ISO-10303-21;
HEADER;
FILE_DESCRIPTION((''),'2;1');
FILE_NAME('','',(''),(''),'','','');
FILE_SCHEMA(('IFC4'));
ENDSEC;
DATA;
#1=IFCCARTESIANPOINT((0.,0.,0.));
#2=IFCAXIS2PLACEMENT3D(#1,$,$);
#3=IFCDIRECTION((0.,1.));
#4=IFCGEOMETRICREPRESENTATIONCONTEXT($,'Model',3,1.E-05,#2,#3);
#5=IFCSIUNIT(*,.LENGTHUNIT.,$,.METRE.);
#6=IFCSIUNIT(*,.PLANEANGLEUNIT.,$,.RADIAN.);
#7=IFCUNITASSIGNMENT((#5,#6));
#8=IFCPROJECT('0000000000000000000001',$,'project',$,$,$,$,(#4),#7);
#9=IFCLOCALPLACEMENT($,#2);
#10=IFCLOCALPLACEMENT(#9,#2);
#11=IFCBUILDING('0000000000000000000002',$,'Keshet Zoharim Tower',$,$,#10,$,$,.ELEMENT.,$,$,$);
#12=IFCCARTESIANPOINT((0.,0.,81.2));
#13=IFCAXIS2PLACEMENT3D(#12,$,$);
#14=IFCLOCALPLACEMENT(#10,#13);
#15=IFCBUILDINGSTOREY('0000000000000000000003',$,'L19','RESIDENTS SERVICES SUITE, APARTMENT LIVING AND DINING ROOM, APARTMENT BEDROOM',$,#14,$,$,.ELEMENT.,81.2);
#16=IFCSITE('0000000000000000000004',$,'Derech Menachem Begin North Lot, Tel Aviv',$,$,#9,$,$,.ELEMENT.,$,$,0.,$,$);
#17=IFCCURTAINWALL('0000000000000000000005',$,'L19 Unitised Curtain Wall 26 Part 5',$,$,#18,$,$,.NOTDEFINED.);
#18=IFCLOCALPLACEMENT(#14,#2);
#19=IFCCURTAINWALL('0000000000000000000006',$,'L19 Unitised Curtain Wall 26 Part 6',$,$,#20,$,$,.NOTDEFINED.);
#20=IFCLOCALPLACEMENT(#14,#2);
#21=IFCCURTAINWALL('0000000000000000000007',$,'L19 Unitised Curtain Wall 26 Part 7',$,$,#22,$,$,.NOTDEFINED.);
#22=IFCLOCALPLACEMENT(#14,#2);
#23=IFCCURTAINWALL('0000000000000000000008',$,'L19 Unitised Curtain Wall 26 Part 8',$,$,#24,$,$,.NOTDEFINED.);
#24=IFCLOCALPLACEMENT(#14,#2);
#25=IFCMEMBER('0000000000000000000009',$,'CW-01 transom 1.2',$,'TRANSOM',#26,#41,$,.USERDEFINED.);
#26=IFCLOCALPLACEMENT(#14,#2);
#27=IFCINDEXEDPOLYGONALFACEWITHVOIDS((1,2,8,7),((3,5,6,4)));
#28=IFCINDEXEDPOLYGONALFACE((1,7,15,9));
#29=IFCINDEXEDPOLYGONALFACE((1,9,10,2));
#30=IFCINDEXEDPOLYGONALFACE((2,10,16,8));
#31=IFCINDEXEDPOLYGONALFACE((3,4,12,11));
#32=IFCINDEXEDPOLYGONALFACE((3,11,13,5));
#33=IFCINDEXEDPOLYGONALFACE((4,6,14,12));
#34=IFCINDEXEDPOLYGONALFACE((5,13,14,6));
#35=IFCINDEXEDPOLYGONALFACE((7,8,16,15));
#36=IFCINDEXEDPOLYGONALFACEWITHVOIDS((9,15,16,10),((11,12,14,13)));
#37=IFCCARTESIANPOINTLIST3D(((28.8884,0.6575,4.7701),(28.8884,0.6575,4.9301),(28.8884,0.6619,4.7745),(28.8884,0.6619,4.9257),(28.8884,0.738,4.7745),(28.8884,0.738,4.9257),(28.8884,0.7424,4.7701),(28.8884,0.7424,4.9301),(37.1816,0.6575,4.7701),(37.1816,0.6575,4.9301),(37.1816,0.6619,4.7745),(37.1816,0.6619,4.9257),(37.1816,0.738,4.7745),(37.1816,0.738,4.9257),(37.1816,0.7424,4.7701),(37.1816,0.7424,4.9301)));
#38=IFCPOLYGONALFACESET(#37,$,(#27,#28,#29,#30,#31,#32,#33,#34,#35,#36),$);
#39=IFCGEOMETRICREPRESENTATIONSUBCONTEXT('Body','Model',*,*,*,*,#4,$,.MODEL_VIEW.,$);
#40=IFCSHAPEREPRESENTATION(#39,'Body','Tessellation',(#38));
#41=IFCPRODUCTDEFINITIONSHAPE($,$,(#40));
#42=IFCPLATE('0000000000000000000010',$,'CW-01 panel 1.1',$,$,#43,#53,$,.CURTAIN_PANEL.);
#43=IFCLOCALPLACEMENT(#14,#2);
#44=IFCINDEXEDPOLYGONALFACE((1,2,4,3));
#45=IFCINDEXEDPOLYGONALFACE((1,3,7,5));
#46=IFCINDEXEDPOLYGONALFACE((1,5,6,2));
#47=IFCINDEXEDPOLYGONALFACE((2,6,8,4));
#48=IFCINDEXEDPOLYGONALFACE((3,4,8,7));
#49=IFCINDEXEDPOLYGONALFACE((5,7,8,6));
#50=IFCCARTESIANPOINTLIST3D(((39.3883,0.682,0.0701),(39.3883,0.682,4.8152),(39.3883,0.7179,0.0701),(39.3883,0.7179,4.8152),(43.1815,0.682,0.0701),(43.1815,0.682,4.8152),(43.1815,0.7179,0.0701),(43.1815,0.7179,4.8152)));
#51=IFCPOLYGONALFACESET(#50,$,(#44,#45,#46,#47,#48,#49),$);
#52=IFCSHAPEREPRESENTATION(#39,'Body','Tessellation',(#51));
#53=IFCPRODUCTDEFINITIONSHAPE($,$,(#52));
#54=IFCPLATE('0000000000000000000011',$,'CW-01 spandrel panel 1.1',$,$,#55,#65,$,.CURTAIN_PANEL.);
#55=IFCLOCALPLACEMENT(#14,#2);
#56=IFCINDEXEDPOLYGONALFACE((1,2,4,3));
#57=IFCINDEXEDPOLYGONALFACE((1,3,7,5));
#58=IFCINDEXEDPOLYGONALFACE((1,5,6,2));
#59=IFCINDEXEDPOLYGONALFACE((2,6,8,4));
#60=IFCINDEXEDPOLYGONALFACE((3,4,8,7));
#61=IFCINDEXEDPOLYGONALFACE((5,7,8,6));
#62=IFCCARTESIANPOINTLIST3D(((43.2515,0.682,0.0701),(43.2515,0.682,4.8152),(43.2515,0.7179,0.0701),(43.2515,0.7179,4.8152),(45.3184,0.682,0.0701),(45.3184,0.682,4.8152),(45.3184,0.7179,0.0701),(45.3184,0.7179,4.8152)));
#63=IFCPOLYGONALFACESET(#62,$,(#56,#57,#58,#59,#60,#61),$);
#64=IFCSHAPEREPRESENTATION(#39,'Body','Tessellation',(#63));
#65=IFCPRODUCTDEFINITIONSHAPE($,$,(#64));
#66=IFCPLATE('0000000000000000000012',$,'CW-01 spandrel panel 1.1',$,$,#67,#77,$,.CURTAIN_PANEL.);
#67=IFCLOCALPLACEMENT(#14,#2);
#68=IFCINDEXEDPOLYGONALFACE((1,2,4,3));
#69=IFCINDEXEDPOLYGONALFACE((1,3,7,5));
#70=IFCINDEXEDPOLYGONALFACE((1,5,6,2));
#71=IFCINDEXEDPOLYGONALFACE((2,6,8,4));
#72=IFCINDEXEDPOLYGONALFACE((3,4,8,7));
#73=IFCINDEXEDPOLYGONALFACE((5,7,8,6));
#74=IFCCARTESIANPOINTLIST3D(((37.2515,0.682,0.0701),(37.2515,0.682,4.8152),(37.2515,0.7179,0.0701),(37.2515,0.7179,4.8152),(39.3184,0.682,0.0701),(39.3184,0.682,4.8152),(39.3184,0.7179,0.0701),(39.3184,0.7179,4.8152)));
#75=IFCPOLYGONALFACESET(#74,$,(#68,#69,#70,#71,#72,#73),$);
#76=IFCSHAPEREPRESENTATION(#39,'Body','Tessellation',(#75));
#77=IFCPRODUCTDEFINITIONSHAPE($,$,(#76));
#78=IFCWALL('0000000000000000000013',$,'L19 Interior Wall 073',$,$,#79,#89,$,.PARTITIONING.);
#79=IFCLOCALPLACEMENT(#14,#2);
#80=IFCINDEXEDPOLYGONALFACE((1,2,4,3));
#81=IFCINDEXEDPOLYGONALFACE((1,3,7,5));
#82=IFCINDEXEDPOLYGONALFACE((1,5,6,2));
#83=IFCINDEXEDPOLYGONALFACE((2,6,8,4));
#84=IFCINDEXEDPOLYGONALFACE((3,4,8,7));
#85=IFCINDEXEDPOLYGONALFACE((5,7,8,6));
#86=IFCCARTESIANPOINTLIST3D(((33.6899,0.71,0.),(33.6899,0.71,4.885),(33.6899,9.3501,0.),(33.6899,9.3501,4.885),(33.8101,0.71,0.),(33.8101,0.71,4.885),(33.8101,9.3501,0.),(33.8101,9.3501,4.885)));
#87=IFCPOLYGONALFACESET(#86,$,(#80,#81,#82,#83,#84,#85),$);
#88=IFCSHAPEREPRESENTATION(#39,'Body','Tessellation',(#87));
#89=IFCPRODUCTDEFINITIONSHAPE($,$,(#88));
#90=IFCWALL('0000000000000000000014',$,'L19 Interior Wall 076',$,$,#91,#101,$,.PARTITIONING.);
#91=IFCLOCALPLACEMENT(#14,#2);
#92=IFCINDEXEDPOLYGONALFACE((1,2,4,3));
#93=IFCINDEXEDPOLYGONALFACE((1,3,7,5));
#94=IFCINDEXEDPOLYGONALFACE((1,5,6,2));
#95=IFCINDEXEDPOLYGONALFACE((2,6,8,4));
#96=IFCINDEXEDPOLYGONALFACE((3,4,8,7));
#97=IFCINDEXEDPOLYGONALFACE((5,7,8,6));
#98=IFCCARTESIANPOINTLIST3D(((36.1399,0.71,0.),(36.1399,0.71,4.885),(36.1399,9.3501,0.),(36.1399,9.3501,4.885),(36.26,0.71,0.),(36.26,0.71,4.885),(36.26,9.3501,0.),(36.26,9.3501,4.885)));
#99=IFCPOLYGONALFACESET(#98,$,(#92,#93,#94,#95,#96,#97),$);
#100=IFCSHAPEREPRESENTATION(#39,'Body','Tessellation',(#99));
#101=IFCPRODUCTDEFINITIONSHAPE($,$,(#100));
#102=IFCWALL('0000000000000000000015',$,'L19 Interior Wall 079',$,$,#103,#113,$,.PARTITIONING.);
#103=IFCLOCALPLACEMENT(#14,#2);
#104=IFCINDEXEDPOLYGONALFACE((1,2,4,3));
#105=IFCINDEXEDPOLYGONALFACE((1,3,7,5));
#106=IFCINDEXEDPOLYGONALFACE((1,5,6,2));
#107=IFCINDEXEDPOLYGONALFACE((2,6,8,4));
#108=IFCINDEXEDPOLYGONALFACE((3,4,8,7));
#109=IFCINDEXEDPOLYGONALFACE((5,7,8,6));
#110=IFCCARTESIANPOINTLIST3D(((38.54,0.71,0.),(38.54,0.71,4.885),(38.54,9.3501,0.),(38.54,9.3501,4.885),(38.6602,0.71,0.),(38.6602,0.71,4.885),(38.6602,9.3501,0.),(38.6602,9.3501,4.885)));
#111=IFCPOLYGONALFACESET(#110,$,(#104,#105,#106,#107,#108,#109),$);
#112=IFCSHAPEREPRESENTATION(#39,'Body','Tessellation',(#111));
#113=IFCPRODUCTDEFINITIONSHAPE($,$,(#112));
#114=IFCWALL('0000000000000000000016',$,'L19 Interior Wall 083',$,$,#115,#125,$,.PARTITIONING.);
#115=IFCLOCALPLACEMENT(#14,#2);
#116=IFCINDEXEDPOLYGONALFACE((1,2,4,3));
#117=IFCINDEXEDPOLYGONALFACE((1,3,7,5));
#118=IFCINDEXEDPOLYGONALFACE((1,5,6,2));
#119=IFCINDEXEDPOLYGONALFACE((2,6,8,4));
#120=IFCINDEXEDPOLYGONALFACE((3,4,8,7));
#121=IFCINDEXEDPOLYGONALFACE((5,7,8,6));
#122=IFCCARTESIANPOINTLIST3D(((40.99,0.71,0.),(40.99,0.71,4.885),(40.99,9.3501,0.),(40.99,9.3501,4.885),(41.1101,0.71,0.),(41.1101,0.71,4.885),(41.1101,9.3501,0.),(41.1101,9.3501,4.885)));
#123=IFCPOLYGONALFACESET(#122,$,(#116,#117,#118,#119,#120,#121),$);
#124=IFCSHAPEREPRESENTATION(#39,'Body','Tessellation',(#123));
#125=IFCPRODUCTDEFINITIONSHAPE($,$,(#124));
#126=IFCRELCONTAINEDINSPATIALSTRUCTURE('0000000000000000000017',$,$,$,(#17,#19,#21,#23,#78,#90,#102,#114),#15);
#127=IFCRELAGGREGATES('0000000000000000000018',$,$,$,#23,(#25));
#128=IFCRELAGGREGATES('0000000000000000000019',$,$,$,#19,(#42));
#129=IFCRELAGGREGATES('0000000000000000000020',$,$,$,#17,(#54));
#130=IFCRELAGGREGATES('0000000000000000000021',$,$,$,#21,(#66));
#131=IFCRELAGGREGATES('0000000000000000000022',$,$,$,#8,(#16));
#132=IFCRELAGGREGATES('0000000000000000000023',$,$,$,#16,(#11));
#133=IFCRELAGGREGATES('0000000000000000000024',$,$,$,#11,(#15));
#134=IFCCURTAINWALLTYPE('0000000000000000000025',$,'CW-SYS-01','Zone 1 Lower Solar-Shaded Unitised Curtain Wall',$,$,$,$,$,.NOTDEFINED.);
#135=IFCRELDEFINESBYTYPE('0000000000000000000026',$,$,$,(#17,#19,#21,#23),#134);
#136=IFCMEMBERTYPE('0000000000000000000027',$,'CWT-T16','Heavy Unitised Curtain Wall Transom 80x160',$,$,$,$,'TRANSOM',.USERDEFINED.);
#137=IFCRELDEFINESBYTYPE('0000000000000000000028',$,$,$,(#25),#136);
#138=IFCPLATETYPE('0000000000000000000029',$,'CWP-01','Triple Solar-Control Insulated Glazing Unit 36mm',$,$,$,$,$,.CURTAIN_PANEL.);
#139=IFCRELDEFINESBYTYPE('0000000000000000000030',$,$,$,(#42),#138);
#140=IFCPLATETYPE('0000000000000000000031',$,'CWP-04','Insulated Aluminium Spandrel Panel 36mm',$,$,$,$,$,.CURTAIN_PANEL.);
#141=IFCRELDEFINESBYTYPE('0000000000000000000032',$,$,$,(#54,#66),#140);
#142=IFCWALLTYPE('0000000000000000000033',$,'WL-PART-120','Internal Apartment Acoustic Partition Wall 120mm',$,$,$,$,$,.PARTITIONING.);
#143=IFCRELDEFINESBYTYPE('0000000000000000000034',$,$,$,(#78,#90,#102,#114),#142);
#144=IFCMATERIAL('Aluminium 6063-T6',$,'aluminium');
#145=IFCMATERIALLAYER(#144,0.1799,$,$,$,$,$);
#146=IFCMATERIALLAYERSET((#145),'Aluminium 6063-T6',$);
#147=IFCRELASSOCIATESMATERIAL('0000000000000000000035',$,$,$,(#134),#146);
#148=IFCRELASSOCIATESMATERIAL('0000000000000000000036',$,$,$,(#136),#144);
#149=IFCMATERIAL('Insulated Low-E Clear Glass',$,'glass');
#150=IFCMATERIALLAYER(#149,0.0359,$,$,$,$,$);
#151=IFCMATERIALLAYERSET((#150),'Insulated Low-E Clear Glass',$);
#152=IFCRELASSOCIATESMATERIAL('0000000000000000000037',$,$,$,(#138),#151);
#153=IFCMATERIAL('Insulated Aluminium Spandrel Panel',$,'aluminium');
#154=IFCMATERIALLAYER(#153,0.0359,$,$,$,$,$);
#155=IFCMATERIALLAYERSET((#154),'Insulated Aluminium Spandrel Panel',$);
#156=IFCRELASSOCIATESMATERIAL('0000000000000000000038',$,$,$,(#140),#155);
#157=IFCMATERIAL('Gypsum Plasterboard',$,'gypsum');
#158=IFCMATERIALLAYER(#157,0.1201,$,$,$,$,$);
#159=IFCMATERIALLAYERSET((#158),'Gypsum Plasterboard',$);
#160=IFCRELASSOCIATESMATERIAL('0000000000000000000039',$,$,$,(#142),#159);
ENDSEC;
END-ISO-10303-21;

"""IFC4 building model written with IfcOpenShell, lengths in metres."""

from ifc_helpers import new_model, si_unit, direction, frame, frame_2d, origin, origin_2d, place, context, subcontext, project, spatial, rectangle, hollow_rectangle, extrude, material, layer, layer_set, material_profile, profile_set, type_object, element, aggregate, save


model = new_model("IFC4")

# Units and contexts
model_context = context("Model", 3, precision=1e-05, world=origin(), true_north=direction((0.0, 1.0)))
body_context = subcontext(model_context, "Body", "Model", "MODEL_VIEW")
ifc_project = project(units=[si_unit("LENGTHUNIT", "METRE"), si_unit("PLANEANGLEUNIT", "RADIAN")], contexts=[model_context])

# Site, building, storey
site_placement = place(None, origin())
site = spatial("IfcSite", under=ifc_project, at=site_placement, Name="Derech Menachem Begin North Lot, Tel Aviv", CompositionType="ELEMENT", RefElevation=0.0)
building_placement = place(site_placement, origin())
building = spatial("IfcBuilding", under=site, at=building_placement, Name="Keshet Zoharim Tower", CompositionType="ELEMENT")
storey_placement = place(building_placement, frame((0.0, 0.0, 81.2)))
storey = spatial("IfcBuildingStorey", under=building, at=storey_placement, Name="L19", Description="RESIDENTS SERVICES SUITE, APARTMENT LIVING AND DINING ROOM, APARTMENT BEDROOM", CompositionType="ELEMENT", Elevation=81.2)

# Curtain walls
ifc_material_1 = material(Name="Aluminium 6063-T6", Category="aluminium")
ifc_layer_1 = layer(ifc_material_1, 0.1799)
ifc_layer_set_1 = layer_set([ifc_layer_1], Name="Aluminium 6063-T6")
curtain_wall_type = type_object("IfcCurtainWallType", Name="CW-SYS-01", Description="Zone 1 Lower Solar-Shaded Unitised Curtain Wall", PredefinedType="NOTDEFINED", material=ifc_layer_set_1)
curtain_wall_1_placement = place(storey_placement, origin())
curtain_wall_1 = element("IfcCurtainWall", 1, at=curtain_wall_1_placement, inside=storey, type_object=curtain_wall_type, Name="L19 Unitised Curtain Wall 26 Part 5", PredefinedType="NOTDEFINED")
curtain_wall_2_placement = place(storey_placement, origin())
curtain_wall_2 = element("IfcCurtainWall", 2, at=curtain_wall_2_placement, inside=storey, type_object=curtain_wall_type, Name="L19 Unitised Curtain Wall 26 Part 6", PredefinedType="NOTDEFINED")
curtain_wall_3_placement = place(storey_placement, origin())
curtain_wall_3 = element("IfcCurtainWall", 3, at=curtain_wall_3_placement, inside=storey, type_object=curtain_wall_type, Name="L19 Unitised Curtain Wall 26 Part 7", PredefinedType="NOTDEFINED")

# Shared definitions
ifc_material_profile_1 = material_profile(ifc_material_1, hollow_rectangle(XDim=0.085, YDim=0.1599, WallThickness=0.0044, at=origin_2d()), Name="TRN-85x160")
ifc_profile_set_1 = profile_set([ifc_material_profile_1], Name="Aluminium 6063-T6")
member_type_1 = type_object("IfcMemberType", Name="CWT-T16", Description="Heavy Unitised Curtain Wall Transom 80x160", ElementType="TRANSOM", PredefinedType="USERDEFINED", material=ifc_profile_set_1)

# Curtain wall, member
curtain_wall_4_placement = place(storey_placement, origin())
curtain_wall_4 = element("IfcCurtainWall", 4, at=curtain_wall_4_placement, inside=storey, type_object=curtain_wall_type, Name="L19 Unitised Curtain Wall 26 Part 8", PredefinedType="NOTDEFINED")
member_1_placement = place(storey_placement, frame((37.1816, 0.7, 4.8501), z_axis=(-1.0, 0.0, 0.0), x_axis=(0.0, -1.0, 0.0)))
member_1 = element("IfcMember", 5, at=member_1_placement, type_object=member_type_1, Name="CW-01 transom 1.2", ObjectType="TRANSOM", PredefinedType="USERDEFINED", context=body_context, shape_type="SweptSolid", body=[
    extrude(hollow_rectangle(XDim=0.085, YDim=0.1599, WallThickness=0.0044, at=origin_2d()), origin(), (0.0, 0.0, 1.0), 8.2932),
])
aggregate(curtain_wall_4, [member_1])

# Plates
ifc_material_2 = material(Name="Insulated Low-E Clear Glass", Category="glass")
ifc_layer_2 = layer(ifc_material_2, 0.0359)
ifc_layer_set_2 = layer_set([ifc_layer_2], Name="Insulated Low-E Clear Glass")
plate_type_1 = type_object("IfcPlateType", Name="CWP-01", Description="Triple Solar-Control Insulated Glazing Unit 36mm", PredefinedType="CURTAIN_PANEL", material=ifc_layer_set_2)
plate_1_placement = place(storey_placement, frame((41.2849, 0.7, 0.0701), z_axis=(0.0, 0.0, 1.0), x_axis=(-1.0, 0.0, 0.0)))
plate_1 = element("IfcPlate", 6, at=plate_1_placement, type_object=plate_type_1, Name="CW-01 panel 1.1", PredefinedType="CURTAIN_PANEL", context=body_context, shape_type="SweptSolid", body=[
    extrude(rectangle(XDim=3.7932, YDim=0.0359, at=origin_2d()), origin(), (0.0, 0.0, 1.0), 4.7451),
])
aggregate(curtain_wall_2, [plate_1])
ifc_material_3 = material(Name="Insulated Aluminium Spandrel Panel", Category="aluminium")
ifc_layer_3 = layer(ifc_material_3, 0.0359)
ifc_layer_set_3 = layer_set([ifc_layer_3], Name="Insulated Aluminium Spandrel Panel")
plate_type_2 = type_object("IfcPlateType", Name="CWP-04", Description="Insulated Aluminium Spandrel Panel 36mm", PredefinedType="CURTAIN_PANEL", material=ifc_layer_set_3)
plate_2_placement = place(storey_placement, frame((44.2849, 0.7, 0.0701), z_axis=(0.0, 0.0, 1.0), x_axis=(-1.0, 0.0, 0.0)))
plate_2 = element("IfcPlate", 7, at=plate_2_placement, type_object=plate_type_2, Name="CW-01 spandrel panel 1.1", PredefinedType="CURTAIN_PANEL", context=body_context, shape_type="SweptSolid", body=[
    extrude(rectangle(XDim=2.0669, YDim=0.0359, at=origin_2d()), origin(), (0.0, 0.0, 1.0), 4.7451),
])
aggregate(curtain_wall_1, [plate_2])
plate_3_placement = place(storey_placement, frame((38.2849, 0.7, 0.0701), z_axis=(0.0, 0.0, 1.0), x_axis=(-1.0, 0.0, 0.0)))
plate_3 = element("IfcPlate", 8, at=plate_3_placement, type_object=plate_type_2, Name="CW-01 spandrel panel 1.1", PredefinedType="CURTAIN_PANEL", context=body_context, shape_type="SweptSolid", body=[
    extrude(rectangle(XDim=2.0669, YDim=0.0359, at=origin_2d()), origin(), (0.0, 0.0, 1.0), 4.7451),
])
aggregate(curtain_wall_3, [plate_3])

# Walls
ifc_material_4 = material(Name="Gypsum Plasterboard", Category="gypsum")
ifc_layer_4 = layer(ifc_material_4, 0.1201)
ifc_layer_set_4 = layer_set([ifc_layer_4], Name="Gypsum Plasterboard")
wall_type = type_object("IfcWallType", Name="WL-PART-120", Description="Internal Apartment Acoustic Partition Wall 120mm", PredefinedType="PARTITIONING", material=ifc_layer_set_4)
for number, where, z_axis, x_axis, name in (
    (9, (33.75, 0.71, 0.0), (0.0, 0.0, 1.0), (0.0, 1.0, 0.0), "L19 Interior Wall 073"),
    (10, (36.2, 0.71, 0.0), (0.0, 0.0, 1.0), (0.0, 1.0, 0.0), "L19 Interior Wall 076"),
    (11, (38.6001, 0.71, 0.0), (0.0, 0.0, 1.0), (0.0, 1.0, 0.0), "L19 Interior Wall 079"),
    (12, (41.05, 0.71, 0.0), (0.0, 0.0, 1.0), (0.0, 1.0, 0.0), "L19 Interior Wall 083"),
):
    element("IfcWall", number, at=place(storey_placement, frame(where, z_axis=z_axis, x_axis=x_axis)), inside=storey, type_object=wall_type, Name=name, PredefinedType="PARTITIONING", context=body_context, shape_type="SweptSolid", body=[
        extrude(rectangle(XDim=8.6401, YDim=0.1201, at=frame_2d((4.3201, 0.0))), origin(), (0.0, 0.0, 1.0), 4.885),
    ])

save(model, "model.ifc")
